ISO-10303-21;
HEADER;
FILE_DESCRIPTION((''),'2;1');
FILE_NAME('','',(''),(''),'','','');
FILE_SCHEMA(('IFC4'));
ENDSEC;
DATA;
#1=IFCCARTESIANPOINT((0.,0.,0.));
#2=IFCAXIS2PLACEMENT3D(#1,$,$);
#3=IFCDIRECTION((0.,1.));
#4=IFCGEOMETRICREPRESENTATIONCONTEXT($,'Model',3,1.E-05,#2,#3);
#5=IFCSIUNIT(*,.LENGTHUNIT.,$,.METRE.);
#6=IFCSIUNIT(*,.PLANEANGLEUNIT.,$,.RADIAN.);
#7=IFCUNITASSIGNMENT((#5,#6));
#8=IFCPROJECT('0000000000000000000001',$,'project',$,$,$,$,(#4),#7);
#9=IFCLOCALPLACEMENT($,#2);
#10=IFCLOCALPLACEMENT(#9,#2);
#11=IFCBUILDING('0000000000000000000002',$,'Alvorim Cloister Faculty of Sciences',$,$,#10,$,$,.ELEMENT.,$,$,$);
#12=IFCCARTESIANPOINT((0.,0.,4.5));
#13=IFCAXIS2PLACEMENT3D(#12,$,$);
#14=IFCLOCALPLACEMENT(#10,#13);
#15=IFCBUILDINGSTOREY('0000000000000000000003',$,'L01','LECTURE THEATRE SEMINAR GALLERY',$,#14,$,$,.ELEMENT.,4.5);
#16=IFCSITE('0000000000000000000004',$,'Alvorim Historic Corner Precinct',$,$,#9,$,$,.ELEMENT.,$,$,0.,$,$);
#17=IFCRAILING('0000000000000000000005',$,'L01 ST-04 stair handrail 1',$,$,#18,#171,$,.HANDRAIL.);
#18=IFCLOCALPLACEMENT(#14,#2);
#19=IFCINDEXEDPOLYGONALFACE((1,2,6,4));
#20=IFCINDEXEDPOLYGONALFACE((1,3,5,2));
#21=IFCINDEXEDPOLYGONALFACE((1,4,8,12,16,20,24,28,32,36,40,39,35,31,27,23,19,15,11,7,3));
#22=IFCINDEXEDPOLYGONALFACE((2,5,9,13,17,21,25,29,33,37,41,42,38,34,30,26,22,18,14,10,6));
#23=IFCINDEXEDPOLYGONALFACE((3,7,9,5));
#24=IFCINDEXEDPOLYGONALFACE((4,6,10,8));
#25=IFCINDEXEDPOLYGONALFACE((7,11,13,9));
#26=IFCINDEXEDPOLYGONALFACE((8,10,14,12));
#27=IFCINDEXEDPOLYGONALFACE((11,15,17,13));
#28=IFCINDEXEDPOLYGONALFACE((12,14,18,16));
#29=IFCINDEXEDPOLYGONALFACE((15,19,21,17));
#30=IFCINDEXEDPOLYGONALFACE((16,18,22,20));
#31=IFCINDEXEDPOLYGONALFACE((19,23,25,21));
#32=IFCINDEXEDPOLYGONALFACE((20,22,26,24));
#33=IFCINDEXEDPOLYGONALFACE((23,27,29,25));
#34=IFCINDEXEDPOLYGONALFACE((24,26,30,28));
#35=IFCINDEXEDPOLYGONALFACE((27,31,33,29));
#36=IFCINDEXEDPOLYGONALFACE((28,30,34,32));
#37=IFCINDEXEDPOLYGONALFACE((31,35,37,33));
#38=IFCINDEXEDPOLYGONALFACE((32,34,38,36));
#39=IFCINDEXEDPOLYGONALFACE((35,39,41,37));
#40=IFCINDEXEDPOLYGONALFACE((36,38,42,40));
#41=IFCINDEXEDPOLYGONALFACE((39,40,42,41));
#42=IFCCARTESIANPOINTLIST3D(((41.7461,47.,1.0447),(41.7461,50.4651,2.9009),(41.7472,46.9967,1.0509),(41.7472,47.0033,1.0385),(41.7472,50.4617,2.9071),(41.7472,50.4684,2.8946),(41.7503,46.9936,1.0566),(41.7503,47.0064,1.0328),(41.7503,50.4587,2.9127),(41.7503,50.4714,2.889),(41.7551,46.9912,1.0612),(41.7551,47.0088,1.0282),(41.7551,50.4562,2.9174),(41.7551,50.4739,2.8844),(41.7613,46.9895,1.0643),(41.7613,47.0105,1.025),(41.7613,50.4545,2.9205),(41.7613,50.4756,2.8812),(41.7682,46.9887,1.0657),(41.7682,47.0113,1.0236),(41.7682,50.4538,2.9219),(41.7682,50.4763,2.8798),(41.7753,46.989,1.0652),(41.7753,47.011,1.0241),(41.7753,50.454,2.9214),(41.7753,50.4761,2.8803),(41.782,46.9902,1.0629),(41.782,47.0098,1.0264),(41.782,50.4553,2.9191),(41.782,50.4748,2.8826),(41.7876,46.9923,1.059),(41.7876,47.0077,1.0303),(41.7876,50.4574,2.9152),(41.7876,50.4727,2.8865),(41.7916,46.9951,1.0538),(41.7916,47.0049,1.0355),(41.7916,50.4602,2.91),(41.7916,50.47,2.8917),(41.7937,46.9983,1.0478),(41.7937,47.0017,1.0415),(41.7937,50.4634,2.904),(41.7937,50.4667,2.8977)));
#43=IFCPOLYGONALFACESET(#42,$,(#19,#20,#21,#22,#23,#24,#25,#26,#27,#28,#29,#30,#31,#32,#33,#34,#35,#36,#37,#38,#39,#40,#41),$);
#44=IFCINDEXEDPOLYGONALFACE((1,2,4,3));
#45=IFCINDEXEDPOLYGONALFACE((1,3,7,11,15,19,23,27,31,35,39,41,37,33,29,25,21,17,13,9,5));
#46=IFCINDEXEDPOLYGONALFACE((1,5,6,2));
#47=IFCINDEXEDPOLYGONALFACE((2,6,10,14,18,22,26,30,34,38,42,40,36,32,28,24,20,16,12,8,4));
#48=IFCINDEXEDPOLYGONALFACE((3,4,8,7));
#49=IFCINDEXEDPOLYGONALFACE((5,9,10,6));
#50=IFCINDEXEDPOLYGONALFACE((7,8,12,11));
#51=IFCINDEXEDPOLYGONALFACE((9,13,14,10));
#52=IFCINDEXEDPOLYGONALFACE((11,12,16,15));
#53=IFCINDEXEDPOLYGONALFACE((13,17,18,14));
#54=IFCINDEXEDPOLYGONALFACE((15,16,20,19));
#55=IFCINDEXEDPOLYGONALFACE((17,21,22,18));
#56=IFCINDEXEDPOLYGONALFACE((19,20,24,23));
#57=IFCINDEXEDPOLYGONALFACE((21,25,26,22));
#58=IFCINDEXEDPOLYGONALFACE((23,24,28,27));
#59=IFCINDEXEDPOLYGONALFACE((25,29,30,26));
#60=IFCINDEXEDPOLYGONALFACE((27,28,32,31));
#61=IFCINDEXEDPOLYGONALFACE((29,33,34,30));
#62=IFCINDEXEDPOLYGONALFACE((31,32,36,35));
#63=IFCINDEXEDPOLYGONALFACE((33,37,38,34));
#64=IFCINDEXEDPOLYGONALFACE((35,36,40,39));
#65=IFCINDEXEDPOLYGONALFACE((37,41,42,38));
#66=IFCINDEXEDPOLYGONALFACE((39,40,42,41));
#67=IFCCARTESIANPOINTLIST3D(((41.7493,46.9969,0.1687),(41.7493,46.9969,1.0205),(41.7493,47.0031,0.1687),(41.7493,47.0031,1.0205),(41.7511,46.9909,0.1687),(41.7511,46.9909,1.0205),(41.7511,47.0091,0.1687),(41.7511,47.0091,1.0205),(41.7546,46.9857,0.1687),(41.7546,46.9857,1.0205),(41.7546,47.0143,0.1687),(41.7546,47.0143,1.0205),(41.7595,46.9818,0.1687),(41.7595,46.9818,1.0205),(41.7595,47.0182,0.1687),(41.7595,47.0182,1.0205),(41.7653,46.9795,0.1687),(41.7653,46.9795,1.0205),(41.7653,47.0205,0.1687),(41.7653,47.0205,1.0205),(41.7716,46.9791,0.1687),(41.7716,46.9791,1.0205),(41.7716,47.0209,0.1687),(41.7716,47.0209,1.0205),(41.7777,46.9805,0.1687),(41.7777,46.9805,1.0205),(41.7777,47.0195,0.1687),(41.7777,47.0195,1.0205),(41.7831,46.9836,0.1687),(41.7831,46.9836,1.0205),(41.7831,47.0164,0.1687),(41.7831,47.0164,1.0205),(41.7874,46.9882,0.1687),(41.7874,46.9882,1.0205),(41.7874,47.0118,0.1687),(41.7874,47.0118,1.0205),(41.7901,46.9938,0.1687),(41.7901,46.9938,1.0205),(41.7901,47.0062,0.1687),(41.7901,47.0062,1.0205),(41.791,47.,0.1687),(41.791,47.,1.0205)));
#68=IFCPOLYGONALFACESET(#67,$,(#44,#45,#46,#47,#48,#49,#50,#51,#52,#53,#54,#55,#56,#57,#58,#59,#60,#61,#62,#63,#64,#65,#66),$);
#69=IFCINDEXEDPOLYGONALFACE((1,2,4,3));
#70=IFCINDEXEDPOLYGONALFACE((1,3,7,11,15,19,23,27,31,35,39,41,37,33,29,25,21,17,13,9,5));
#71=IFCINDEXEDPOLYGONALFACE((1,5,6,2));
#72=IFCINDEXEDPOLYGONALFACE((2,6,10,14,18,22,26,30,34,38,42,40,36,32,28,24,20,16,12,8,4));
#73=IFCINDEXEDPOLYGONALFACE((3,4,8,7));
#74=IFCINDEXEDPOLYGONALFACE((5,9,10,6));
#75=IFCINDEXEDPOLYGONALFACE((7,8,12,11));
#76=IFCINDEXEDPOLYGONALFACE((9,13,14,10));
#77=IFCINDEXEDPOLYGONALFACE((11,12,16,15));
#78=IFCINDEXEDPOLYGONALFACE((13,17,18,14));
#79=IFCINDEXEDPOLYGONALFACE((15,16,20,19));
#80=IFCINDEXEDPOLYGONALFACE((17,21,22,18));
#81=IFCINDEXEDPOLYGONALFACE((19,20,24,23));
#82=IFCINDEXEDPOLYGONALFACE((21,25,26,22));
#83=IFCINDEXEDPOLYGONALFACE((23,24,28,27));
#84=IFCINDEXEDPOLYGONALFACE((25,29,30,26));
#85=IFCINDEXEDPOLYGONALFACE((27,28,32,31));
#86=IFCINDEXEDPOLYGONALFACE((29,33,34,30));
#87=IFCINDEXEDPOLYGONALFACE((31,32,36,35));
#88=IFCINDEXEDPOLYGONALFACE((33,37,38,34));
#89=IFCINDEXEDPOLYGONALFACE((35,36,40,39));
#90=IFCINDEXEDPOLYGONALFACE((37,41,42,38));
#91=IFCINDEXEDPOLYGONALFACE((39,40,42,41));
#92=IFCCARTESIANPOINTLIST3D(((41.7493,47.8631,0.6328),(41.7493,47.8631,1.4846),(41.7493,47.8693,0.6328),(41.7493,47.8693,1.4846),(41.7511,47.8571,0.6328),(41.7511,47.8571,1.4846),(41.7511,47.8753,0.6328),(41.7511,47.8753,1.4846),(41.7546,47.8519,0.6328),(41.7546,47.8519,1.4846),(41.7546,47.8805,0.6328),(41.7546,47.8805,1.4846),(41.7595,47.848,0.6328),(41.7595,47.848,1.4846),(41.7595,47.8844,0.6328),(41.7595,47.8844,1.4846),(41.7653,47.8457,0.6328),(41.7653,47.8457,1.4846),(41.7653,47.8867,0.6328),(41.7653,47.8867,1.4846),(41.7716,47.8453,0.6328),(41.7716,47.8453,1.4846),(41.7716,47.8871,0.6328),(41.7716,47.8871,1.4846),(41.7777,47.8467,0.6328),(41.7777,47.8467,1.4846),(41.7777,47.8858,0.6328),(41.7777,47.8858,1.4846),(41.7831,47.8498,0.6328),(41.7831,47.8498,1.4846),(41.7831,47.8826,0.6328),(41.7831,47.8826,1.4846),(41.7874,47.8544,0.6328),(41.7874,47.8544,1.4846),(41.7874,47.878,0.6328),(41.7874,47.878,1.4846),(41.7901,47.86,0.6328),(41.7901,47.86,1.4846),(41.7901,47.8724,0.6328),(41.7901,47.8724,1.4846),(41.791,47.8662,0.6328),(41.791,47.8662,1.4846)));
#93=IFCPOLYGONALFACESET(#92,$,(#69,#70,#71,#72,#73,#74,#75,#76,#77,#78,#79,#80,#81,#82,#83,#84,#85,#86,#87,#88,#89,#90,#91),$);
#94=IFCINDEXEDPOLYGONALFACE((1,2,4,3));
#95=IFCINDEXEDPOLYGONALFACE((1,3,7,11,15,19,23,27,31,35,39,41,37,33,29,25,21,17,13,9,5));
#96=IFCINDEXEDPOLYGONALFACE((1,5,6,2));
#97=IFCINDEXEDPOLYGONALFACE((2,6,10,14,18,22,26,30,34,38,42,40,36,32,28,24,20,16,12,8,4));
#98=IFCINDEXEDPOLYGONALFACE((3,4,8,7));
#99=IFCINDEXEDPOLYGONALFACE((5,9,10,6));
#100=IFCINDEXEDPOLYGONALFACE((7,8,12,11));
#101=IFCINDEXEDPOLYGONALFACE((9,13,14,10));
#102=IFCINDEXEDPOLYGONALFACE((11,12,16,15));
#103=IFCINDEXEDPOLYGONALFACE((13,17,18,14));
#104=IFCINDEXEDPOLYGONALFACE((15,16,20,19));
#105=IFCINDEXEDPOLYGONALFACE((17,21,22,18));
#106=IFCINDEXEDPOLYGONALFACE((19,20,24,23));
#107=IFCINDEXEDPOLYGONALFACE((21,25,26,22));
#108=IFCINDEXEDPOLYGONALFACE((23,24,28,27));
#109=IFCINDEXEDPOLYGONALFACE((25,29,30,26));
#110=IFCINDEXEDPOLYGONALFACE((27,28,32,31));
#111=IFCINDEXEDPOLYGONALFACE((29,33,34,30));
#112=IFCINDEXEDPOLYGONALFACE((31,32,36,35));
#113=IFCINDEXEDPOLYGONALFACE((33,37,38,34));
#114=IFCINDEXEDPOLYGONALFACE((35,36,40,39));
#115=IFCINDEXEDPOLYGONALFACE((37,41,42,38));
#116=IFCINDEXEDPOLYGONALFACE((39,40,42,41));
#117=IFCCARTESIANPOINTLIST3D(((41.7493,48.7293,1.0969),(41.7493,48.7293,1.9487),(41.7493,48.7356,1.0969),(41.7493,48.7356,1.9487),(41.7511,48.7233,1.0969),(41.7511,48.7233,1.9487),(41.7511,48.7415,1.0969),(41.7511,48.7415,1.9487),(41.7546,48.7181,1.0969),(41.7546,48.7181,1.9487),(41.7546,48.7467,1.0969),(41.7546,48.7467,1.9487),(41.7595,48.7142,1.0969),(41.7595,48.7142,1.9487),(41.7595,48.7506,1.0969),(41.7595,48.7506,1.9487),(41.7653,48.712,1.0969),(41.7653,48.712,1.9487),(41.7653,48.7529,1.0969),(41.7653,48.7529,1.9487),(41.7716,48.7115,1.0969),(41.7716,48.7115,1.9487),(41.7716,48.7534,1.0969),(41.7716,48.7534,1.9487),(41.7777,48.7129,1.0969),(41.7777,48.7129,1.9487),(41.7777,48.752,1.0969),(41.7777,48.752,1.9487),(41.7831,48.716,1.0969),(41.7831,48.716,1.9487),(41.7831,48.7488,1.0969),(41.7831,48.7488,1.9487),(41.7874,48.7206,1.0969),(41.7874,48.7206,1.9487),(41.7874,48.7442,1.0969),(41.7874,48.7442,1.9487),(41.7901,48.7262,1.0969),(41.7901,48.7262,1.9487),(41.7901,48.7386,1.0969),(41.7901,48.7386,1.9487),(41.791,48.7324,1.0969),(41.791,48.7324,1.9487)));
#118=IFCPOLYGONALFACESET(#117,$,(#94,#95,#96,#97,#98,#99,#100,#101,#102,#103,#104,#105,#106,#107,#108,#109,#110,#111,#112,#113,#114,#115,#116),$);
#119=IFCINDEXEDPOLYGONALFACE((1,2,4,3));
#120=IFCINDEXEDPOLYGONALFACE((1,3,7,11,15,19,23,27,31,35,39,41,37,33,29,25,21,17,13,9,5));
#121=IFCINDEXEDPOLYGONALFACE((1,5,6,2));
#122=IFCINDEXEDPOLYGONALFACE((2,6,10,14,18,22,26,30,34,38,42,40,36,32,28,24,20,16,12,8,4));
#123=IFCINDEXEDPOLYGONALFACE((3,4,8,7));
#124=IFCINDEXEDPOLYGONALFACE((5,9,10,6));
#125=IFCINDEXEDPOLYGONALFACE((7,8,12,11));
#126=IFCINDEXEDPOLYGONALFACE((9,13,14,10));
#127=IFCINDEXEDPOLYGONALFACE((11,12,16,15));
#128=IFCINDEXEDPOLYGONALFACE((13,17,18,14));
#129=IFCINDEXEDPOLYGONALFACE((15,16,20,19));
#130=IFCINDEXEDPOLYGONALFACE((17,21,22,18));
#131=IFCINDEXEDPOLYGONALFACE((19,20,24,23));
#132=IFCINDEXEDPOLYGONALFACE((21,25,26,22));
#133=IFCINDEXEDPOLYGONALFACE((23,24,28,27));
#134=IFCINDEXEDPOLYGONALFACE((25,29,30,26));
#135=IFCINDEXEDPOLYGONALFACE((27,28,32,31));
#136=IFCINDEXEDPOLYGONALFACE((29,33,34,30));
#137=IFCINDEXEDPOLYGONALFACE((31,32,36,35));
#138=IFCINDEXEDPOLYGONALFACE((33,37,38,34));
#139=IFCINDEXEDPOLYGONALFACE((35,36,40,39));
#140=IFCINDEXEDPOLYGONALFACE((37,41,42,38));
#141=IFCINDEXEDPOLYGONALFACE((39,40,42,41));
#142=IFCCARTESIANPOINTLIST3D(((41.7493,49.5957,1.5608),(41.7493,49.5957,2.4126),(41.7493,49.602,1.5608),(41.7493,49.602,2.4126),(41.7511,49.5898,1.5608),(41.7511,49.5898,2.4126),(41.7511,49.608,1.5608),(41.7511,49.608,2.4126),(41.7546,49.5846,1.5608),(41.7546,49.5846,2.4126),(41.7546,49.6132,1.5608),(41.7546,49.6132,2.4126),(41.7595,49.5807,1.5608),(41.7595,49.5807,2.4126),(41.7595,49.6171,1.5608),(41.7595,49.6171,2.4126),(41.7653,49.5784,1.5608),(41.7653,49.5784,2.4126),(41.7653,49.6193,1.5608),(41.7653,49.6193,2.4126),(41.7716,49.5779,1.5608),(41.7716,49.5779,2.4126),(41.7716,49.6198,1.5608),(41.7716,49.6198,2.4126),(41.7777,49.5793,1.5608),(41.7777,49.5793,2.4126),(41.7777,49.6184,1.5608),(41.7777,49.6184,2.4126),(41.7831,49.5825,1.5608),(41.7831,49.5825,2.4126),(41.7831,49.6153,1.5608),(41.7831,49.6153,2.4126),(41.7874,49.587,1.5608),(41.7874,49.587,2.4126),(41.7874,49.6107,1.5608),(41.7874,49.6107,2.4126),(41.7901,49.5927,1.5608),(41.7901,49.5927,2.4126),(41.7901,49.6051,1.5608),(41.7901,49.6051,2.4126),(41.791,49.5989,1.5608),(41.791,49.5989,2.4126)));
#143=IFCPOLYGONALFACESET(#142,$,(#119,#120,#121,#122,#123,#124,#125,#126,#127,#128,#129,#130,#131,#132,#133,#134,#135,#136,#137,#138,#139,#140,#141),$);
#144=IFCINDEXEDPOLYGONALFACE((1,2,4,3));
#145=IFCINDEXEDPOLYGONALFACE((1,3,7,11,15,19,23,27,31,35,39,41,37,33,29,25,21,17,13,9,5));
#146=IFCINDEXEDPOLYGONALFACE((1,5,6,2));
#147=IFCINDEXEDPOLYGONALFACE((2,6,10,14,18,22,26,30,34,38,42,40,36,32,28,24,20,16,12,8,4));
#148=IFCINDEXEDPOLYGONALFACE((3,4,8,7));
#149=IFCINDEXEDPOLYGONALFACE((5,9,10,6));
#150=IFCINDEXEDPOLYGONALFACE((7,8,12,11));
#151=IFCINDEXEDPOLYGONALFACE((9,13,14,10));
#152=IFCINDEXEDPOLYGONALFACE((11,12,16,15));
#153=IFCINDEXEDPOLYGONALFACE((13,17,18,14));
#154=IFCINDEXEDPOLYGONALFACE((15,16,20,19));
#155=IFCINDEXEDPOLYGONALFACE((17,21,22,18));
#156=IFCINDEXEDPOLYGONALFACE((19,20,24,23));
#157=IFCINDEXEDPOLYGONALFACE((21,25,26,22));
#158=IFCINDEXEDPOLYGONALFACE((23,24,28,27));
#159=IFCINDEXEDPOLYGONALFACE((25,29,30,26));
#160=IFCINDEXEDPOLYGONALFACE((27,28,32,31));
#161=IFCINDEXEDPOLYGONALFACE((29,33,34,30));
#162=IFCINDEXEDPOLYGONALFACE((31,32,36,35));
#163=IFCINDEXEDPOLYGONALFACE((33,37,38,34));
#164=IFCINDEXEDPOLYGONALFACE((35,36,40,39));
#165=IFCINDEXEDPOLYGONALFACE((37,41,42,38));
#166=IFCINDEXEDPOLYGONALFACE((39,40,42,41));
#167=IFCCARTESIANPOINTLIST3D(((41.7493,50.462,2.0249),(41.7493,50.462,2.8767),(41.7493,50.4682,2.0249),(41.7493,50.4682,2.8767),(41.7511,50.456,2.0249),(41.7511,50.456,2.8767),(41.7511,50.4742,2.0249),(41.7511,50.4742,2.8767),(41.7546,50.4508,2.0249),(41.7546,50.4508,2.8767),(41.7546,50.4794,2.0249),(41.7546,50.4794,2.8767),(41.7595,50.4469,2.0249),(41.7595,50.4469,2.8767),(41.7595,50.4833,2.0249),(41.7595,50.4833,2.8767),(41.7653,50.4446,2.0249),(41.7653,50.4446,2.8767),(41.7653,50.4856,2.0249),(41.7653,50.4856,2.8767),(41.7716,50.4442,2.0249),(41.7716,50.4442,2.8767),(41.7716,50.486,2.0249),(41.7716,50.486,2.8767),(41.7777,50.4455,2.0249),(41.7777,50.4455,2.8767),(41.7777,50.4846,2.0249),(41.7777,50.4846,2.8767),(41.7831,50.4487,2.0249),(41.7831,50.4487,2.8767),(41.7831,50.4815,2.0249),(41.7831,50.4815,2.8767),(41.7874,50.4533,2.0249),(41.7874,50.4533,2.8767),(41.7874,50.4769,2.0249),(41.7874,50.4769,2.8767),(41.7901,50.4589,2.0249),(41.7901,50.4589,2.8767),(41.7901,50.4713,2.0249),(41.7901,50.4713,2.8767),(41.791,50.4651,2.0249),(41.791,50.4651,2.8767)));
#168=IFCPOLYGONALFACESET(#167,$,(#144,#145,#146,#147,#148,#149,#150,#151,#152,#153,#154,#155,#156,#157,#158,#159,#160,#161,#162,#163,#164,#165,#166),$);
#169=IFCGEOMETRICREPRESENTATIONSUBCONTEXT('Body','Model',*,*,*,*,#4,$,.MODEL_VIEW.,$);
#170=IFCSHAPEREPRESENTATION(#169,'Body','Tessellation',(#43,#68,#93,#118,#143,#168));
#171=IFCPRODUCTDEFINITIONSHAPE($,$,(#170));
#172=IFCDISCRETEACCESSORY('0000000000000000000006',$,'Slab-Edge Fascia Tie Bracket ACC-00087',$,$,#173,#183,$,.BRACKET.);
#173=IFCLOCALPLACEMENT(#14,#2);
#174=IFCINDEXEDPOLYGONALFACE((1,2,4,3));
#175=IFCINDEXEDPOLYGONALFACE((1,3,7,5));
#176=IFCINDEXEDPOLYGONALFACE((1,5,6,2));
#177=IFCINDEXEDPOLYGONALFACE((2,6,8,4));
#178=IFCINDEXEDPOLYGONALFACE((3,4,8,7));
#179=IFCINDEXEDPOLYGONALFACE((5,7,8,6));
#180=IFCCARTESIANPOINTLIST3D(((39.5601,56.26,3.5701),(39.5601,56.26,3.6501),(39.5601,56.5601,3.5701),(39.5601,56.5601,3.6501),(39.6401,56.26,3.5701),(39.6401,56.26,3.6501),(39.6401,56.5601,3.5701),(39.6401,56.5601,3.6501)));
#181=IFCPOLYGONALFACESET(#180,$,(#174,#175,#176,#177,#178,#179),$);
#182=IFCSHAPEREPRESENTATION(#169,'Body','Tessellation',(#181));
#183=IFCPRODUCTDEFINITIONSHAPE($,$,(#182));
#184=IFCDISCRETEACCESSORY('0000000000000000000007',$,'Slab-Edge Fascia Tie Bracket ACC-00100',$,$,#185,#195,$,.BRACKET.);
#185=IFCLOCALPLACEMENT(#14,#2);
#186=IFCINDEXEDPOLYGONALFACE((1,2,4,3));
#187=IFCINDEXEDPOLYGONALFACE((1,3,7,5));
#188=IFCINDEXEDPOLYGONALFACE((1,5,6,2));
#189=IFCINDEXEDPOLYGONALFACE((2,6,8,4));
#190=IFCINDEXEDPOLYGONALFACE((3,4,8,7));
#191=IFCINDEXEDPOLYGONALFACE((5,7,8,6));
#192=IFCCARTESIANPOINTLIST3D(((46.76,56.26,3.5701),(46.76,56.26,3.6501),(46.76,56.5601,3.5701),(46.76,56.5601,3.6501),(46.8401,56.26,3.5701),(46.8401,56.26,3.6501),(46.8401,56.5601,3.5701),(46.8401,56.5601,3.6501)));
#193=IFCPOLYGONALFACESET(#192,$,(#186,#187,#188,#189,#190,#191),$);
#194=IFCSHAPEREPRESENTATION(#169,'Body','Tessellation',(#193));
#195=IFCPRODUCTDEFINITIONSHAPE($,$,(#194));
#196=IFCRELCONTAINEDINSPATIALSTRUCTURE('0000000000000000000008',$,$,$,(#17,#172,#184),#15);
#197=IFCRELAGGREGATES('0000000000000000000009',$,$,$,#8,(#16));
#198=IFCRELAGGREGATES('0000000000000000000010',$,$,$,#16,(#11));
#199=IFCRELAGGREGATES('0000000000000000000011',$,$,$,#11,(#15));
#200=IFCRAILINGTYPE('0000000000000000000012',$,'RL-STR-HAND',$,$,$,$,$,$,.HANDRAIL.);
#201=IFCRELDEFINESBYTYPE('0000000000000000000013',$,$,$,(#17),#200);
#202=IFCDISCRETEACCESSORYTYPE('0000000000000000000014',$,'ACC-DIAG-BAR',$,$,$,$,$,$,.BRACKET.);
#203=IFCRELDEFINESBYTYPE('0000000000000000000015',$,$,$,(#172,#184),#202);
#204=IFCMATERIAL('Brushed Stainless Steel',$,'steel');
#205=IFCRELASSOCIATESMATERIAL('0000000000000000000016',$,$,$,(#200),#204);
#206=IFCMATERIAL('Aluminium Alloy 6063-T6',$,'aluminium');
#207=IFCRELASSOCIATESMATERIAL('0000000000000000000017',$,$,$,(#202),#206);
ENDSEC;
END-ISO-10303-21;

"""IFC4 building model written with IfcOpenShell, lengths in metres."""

from ifc_helpers import new_model, si_unit, direction, frame, origin, origin_2d, place, context, subcontext, project, spatial, rectangle, circle, extrude, material, type_object, element, save


model = new_model("IFC4")

# Units and contexts
model_context = context("Model", 3, precision=1e-05, world=origin(), true_north=direction((0.0, 1.0)))
body_context = subcontext(model_context, "Body", "Model", "MODEL_VIEW")
ifc_project = project(units=[si_unit("LENGTHUNIT", "METRE"), si_unit("PLANEANGLEUNIT", "RADIAN")], contexts=[model_context])

# Site, building, storey
site_placement = place(None, origin())
site = spatial("IfcSite", under=ifc_project, at=site_placement, Name="Alvorim Historic Corner Precinct", CompositionType="ELEMENT", RefElevation=0.0)
building_placement = place(site_placement, origin())
building = spatial("IfcBuilding", under=site, at=building_placement, Name="Alvorim Cloister Faculty of Sciences", CompositionType="ELEMENT")
storey_placement = place(building_placement, frame((0.0, 0.0, 4.5)))
storey = spatial("IfcBuildingStorey", under=building, at=storey_placement, Name="L01", Description="LECTURE THEATRE SEMINAR GALLERY", CompositionType="ELEMENT", Elevation=4.5)

# Shared definitions
ifc_material_1 = material(Name="Aluminium Alloy 6063-T6", Category="aluminium")

# Railing
ifc_material_2 = material(Name="Brushed Stainless Steel", Category="steel")
railing_type_1 = type_object("IfcRailingType", Name="RL-STR-HAND", PredefinedType="HANDRAIL", material=ifc_material_2)
railing_1_placement = place(storey_placement, frame((41.77, 47.0, 0.1687)))
element("IfcRailing", 1, at=railing_1_placement, inside=storey, type_object=railing_type_1, Name="L01 ST-04 stair handrail 1", PredefinedType="HANDRAIL", context=body_context, shape_type="SweptSolid", body=[
    extrude(circle(Radius=0.0239, at=origin_2d()), frame((0.0, 0.0, 0.876), z_axis=(0.0, 0.88149, 0.472202), x_axis=(-1.0, 0.0, 0.0)), (0.0, 0.0, 1.0), 3.9309),
    extrude(circle(Radius=0.021, at=origin_2d()), origin(), (0.0, 0.0, 1.0), 0.8518),
    extrude(circle(Radius=0.021, at=origin_2d()), frame((0.0, 0.8662, 0.4641)), (0.0, 0.0, 1.0), 0.8518),
    extrude(circle(Radius=0.021, at=origin_2d()), frame((0.0, 1.7324, 0.9282)), (0.0, 0.0, 1.0), 0.8518),
    extrude(circle(Radius=0.021, at=origin_2d()), frame((0.0, 2.5989, 1.3921)), (0.0, 0.0, 1.0), 0.8518),
    extrude(circle(Radius=0.021, at=origin_2d()), frame((0.0, 3.4651, 1.8562)), (0.0, 0.0, 1.0), 0.8518),
])

# Discrete accessories
discrete_accessory_type = type_object("IfcDiscreteAccessoryType", Name="ACC-DIAG-BAR", PredefinedType="BRACKET", material=ifc_material_1)
for number, where, z_axis, x_axis, name in (
    (2, (39.6001, 56.26, 3.6101), (0.0, 1.0, 0.0), (-1.0, 0.0, 0.0), "Slab-Edge Fascia Tie Bracket ACC-00087"),
    (3, (46.8, 56.26, 3.6101), (0.0, 1.0, 0.0), (-1.0, 0.0, 0.0), "Slab-Edge Fascia Tie Bracket ACC-00100"),
):
    element("IfcDiscreteAccessory", number, at=place(storey_placement, frame(where, z_axis=z_axis, x_axis=x_axis)), inside=storey, type_object=discrete_accessory_type, Name=name, PredefinedType="BRACKET", context=body_context, shape_type="SweptSolid", body=[
        extrude(rectangle(XDim=0.0801, YDim=0.0801, at=origin_2d()), origin(), (0.0, 0.0, 1.0), 0.3),
    ])

save(model, "model.ifc")
